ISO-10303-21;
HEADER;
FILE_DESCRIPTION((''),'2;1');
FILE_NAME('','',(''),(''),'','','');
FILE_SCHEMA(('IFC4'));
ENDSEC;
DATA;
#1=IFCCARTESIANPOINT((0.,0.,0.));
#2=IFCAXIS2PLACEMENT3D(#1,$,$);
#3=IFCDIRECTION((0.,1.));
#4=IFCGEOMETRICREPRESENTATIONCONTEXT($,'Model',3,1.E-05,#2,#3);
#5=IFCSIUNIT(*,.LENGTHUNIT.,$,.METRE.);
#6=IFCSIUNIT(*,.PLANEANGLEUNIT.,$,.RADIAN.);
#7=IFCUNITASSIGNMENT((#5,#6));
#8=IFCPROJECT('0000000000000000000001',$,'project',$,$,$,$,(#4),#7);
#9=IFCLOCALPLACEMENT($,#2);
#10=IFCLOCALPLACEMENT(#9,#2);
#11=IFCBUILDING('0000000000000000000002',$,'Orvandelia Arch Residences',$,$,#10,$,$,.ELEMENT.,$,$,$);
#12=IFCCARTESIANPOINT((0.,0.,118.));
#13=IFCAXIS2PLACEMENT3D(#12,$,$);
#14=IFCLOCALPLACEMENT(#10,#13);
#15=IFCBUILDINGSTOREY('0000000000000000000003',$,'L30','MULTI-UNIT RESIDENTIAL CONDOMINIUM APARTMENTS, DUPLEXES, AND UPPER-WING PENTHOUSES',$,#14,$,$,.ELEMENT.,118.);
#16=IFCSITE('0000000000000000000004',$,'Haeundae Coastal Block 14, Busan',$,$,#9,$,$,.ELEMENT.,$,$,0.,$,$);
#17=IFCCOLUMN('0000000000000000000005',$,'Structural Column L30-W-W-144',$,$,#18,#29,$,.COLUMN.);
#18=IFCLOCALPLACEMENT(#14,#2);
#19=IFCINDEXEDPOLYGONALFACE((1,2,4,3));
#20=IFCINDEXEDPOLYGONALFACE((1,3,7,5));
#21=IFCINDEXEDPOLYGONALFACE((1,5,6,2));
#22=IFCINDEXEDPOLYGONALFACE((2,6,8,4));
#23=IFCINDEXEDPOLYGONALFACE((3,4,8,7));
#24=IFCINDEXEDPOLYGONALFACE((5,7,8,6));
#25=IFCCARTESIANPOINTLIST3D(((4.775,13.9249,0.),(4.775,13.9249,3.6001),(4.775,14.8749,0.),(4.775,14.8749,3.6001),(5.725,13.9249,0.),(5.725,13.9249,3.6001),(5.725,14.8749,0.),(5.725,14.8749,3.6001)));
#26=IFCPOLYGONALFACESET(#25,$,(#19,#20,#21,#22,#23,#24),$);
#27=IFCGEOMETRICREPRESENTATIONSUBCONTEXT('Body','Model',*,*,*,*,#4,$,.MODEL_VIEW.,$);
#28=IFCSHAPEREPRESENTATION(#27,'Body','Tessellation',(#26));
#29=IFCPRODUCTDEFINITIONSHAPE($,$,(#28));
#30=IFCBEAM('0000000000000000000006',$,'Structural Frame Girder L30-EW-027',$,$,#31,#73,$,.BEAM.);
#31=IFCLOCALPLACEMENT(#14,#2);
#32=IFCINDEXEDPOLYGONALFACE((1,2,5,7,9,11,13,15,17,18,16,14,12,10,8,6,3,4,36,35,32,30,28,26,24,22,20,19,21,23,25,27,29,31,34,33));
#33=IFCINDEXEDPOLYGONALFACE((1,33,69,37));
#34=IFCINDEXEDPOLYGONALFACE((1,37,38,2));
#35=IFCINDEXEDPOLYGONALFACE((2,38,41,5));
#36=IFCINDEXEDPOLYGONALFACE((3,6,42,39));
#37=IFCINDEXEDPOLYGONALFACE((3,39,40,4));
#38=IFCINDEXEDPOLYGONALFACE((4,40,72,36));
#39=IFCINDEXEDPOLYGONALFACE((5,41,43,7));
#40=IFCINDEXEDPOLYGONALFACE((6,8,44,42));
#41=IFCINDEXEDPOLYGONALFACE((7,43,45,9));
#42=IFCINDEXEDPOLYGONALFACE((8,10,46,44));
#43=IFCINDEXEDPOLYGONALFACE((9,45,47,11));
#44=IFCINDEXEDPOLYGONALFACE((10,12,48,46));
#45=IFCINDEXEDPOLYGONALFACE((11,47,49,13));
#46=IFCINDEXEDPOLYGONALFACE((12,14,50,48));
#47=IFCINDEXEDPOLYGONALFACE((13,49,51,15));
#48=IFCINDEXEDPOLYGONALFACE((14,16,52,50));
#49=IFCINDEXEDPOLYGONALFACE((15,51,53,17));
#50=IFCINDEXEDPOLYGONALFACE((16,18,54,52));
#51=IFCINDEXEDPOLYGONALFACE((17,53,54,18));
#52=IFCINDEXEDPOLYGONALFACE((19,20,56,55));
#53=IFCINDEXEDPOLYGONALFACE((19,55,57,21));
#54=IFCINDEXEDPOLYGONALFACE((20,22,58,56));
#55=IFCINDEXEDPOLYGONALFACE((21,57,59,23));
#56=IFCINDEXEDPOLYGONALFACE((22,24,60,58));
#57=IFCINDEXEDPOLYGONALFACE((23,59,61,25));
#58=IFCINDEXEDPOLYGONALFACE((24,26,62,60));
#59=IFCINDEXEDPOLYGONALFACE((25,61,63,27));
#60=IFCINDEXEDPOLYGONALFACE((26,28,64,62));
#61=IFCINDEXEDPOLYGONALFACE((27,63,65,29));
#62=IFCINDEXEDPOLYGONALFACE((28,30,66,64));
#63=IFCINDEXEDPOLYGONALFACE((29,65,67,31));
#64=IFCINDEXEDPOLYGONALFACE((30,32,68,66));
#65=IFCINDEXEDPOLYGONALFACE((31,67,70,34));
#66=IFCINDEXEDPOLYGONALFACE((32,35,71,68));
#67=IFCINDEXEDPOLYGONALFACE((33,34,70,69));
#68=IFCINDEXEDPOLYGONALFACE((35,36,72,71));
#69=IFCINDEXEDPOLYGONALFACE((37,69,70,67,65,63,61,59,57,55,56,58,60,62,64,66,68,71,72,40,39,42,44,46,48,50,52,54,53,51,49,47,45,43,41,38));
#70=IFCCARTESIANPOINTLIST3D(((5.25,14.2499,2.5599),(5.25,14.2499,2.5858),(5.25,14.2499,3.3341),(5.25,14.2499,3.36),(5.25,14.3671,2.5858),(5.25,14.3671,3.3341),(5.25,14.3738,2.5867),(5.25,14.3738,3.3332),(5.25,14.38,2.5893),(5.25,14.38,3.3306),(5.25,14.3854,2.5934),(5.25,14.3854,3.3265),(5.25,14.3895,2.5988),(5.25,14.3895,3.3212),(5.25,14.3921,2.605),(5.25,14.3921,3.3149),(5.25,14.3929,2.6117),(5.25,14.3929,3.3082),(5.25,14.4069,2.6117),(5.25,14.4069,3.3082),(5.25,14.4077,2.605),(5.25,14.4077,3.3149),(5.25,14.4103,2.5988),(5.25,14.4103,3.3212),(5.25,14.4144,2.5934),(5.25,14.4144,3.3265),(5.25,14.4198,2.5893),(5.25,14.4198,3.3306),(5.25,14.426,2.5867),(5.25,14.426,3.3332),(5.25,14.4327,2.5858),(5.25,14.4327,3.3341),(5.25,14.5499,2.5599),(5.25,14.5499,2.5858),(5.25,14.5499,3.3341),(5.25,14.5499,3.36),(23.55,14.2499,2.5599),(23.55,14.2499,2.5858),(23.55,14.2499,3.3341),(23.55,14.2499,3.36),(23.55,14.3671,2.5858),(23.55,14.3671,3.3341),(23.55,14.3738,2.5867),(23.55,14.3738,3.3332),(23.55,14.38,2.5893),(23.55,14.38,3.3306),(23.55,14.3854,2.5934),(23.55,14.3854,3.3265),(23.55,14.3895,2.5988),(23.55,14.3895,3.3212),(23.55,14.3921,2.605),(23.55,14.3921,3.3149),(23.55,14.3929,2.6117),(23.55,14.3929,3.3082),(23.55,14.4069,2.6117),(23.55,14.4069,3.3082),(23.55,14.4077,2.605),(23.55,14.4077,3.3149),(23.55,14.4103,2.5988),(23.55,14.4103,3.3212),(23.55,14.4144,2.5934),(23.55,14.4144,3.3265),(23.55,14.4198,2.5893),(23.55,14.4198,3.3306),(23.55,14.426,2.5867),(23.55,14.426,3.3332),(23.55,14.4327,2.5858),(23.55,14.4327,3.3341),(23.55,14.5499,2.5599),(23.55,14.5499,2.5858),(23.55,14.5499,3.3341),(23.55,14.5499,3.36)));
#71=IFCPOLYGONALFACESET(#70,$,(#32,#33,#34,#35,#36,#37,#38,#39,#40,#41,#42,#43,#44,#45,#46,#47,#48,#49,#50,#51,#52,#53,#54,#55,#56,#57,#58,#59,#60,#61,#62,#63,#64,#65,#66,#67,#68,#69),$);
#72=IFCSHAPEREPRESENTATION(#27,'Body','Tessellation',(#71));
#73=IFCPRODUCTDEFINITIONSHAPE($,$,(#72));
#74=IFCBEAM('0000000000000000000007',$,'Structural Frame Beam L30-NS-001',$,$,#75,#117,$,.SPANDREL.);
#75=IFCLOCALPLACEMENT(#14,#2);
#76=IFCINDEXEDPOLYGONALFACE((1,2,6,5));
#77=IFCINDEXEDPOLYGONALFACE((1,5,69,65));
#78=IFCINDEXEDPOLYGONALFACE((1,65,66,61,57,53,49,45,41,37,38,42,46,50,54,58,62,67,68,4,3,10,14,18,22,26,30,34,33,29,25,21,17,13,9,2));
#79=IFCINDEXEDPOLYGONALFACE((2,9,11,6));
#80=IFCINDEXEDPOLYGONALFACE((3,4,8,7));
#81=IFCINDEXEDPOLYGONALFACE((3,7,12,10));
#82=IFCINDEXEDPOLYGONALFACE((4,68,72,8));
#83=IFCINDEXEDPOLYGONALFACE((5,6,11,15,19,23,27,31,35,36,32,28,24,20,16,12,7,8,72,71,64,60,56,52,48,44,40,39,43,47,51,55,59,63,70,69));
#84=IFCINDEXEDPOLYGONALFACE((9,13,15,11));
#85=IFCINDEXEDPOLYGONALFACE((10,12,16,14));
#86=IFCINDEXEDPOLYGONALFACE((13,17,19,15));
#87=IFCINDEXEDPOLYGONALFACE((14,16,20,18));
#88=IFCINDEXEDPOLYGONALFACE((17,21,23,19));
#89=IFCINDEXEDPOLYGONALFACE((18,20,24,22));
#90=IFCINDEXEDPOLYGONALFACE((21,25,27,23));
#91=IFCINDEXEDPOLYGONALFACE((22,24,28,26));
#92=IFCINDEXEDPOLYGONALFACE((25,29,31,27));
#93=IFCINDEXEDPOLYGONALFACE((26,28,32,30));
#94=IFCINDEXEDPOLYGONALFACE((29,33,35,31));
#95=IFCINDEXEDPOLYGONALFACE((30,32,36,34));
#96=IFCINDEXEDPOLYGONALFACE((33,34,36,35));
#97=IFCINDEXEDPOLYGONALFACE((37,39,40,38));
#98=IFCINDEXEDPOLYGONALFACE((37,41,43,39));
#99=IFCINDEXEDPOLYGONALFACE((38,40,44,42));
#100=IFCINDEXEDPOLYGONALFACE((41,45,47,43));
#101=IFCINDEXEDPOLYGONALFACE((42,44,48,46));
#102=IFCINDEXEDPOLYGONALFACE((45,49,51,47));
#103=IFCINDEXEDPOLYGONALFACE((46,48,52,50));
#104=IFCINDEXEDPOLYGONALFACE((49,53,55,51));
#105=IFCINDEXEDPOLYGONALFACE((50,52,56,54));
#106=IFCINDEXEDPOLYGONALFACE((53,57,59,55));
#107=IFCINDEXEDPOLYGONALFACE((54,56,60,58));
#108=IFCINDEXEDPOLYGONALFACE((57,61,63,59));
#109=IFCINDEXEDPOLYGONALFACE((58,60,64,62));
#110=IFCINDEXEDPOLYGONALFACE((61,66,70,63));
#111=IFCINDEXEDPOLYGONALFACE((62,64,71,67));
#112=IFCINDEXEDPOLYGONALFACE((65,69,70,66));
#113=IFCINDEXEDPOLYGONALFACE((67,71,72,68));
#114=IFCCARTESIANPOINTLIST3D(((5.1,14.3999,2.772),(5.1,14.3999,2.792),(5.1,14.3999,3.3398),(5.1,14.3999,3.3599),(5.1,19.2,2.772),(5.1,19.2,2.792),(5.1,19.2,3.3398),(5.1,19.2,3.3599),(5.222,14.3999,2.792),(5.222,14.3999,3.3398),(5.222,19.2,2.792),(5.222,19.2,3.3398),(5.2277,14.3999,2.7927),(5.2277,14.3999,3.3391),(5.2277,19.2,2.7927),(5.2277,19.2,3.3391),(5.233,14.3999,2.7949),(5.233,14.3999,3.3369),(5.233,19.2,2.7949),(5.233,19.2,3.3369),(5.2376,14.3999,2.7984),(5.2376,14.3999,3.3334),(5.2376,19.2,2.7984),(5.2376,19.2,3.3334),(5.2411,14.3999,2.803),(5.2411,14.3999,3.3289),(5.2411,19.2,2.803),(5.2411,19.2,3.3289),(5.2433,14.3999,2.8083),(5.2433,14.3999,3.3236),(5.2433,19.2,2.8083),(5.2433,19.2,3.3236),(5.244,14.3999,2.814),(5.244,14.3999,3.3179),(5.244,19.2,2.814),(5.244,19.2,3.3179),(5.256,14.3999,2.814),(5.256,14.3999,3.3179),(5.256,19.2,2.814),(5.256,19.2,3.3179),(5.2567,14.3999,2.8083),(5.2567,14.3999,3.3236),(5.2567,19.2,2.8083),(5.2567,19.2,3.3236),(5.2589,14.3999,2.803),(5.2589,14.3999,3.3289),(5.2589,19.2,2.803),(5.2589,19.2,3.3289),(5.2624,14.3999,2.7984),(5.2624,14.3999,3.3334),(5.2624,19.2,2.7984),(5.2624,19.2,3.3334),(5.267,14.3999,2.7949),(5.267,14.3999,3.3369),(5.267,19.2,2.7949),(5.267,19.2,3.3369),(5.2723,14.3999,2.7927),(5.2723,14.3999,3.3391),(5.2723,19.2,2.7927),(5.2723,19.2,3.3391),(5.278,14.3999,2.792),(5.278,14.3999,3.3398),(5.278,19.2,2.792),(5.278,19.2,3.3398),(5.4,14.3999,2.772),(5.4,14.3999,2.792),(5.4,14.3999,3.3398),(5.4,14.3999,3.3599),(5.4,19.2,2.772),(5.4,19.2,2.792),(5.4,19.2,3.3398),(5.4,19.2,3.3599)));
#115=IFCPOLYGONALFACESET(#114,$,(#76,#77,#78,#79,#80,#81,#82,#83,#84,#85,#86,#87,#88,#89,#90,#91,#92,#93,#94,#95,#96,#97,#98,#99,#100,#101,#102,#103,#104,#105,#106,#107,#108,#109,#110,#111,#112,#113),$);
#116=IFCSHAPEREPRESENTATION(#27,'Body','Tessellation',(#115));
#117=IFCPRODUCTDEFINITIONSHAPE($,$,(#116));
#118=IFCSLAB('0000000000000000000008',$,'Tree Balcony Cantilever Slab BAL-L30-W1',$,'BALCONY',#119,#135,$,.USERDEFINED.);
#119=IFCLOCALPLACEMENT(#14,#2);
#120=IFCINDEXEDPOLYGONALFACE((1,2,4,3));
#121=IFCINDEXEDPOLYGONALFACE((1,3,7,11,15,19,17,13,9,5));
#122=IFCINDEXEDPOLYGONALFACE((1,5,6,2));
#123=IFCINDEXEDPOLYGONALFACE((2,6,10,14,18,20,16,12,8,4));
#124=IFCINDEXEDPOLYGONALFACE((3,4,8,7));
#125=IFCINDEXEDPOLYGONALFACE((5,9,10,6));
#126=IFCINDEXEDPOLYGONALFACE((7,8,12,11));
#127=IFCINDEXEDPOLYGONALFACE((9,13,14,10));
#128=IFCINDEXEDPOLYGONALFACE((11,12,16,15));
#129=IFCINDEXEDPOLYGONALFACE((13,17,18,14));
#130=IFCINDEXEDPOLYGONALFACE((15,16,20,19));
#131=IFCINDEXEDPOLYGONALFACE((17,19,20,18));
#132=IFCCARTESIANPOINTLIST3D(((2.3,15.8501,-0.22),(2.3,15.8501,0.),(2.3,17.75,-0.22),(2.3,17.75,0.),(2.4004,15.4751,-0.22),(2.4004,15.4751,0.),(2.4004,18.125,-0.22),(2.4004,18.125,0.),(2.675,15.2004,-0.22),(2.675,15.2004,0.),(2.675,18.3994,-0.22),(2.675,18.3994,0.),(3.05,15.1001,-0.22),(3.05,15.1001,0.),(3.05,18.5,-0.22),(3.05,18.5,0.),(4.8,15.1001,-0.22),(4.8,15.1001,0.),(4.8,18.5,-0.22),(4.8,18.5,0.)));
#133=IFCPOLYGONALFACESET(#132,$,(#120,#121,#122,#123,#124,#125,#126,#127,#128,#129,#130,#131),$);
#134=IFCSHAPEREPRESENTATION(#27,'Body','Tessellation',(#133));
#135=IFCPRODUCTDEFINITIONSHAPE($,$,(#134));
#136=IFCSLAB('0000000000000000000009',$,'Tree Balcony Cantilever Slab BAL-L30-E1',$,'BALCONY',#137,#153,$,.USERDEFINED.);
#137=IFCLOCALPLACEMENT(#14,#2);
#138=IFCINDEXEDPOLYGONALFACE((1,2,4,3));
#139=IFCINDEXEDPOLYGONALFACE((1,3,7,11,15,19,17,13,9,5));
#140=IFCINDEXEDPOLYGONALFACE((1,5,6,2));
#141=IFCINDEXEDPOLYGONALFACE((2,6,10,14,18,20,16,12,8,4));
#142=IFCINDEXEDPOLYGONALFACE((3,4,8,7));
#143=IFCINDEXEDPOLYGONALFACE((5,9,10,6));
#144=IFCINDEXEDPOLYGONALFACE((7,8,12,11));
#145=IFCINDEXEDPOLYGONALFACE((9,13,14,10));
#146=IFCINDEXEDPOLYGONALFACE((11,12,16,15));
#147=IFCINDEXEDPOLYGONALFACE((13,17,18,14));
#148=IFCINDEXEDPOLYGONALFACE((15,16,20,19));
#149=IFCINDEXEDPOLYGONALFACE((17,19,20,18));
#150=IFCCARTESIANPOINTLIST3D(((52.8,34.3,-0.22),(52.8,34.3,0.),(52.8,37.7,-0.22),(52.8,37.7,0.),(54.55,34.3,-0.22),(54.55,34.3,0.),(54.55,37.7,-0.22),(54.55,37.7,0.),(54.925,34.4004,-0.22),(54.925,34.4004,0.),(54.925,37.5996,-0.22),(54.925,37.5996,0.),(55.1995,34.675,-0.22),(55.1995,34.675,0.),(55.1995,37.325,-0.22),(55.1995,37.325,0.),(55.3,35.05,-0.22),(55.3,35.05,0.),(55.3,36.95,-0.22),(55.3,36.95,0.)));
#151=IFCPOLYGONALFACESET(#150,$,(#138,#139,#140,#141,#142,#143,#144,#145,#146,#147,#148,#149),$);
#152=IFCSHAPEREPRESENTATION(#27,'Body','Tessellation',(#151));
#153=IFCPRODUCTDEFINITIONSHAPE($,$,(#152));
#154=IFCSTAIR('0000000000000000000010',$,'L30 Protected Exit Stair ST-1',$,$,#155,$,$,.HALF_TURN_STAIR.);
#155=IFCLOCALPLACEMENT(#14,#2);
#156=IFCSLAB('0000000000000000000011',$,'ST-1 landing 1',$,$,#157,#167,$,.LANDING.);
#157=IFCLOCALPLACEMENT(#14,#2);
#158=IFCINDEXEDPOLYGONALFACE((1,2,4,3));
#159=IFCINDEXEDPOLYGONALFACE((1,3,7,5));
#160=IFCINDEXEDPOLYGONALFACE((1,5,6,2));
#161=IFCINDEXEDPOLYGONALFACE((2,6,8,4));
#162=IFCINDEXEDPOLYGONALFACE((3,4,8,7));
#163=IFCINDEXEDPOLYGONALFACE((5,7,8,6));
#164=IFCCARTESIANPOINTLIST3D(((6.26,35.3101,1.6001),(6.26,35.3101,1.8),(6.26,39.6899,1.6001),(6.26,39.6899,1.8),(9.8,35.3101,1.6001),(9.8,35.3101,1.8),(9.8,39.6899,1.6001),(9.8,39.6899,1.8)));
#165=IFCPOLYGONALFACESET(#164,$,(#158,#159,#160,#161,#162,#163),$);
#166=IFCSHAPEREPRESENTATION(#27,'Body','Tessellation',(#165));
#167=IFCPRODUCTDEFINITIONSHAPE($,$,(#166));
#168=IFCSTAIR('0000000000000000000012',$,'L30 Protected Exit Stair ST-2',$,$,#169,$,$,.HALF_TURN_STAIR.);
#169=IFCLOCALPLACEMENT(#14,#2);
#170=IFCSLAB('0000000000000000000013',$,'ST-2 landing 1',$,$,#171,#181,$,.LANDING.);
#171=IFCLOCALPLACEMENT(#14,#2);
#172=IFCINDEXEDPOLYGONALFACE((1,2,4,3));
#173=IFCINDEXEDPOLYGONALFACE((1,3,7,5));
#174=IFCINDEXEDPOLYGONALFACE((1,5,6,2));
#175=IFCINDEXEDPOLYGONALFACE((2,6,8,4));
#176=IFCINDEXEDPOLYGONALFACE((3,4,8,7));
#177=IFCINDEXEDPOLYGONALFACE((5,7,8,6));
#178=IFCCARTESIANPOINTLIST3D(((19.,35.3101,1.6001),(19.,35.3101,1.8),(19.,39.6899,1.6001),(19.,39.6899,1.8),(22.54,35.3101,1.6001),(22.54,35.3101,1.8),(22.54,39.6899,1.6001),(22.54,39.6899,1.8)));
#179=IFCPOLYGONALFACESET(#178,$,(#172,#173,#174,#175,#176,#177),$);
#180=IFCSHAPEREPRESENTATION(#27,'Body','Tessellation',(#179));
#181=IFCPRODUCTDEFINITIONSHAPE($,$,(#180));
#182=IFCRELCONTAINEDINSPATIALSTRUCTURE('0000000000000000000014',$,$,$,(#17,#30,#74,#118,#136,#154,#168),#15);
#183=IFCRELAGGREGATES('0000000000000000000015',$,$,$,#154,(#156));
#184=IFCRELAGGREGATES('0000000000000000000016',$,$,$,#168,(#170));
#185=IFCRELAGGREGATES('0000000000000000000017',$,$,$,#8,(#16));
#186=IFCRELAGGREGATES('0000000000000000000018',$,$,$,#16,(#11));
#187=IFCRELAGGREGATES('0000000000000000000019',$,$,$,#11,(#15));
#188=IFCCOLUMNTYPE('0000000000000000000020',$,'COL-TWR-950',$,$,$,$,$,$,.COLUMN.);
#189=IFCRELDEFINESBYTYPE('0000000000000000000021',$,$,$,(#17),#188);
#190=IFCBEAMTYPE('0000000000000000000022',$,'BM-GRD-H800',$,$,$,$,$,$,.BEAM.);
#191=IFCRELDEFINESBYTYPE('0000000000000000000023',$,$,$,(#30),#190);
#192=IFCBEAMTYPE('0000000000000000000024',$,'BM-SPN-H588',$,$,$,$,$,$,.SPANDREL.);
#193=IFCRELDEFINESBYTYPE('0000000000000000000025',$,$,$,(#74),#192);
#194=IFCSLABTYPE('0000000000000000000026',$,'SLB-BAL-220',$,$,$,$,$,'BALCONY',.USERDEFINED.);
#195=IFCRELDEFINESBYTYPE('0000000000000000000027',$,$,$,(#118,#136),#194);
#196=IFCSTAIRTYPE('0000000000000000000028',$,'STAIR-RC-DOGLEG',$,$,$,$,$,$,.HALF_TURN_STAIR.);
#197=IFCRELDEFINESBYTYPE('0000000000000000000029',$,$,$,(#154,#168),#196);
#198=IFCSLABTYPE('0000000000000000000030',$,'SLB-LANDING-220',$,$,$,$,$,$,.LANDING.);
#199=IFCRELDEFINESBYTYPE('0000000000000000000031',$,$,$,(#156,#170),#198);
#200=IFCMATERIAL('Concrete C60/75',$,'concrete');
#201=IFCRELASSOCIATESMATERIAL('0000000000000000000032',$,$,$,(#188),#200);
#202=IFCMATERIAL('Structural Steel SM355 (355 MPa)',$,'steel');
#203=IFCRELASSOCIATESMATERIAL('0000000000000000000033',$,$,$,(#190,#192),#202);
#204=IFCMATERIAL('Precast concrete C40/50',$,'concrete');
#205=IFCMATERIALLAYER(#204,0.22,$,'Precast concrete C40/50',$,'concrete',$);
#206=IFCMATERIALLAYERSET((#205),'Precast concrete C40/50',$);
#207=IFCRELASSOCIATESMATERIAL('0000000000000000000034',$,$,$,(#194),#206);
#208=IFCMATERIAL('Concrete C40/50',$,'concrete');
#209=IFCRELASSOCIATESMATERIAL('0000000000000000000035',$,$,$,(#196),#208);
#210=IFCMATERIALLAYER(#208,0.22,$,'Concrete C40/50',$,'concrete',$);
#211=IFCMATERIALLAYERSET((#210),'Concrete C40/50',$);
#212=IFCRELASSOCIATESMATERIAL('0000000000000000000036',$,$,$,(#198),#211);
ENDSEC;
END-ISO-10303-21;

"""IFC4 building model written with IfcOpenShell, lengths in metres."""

from ifc_helpers import new_model, si_unit, direction, frame, origin, origin_2d, place, context, subcontext, project, spatial, polyline, rectangle, i_section, outline, extrude, material, layer, layer_set, material_profile, profile_set, type_object, element, aggregate, save


model = new_model("IFC4")

# Units and contexts
model_context = context("Model", 3, precision=1e-05, world=origin(), true_north=direction((0.0, 1.0)))
body_context = subcontext(model_context, "Body", "Model", "MODEL_VIEW")
ifc_project = project(units=[si_unit("LENGTHUNIT", "METRE"), si_unit("PLANEANGLEUNIT", "RADIAN")], contexts=[model_context])

# Site, building, storey
site_placement = place(None, origin())
site = spatial("IfcSite", under=ifc_project, at=site_placement, Name="Haeundae Coastal Block 14, Busan", CompositionType="ELEMENT", RefElevation=0.0)
building_placement = place(site_placement, origin())
building = spatial("IfcBuilding", under=site, at=building_placement, Name="Orvandelia Arch Residences", CompositionType="ELEMENT")
storey_placement = place(building_placement, frame((0.0, 0.0, 118.0)))
storey = spatial("IfcBuildingStorey", under=building, at=storey_placement, Name="L30", Description="MULTI-UNIT RESIDENTIAL CONDOMINIUM APARTMENTS, DUPLEXES, AND UPPER-WING PENTHOUSES", CompositionType="ELEMENT", Elevation=118.0)

# Column
ifc_material_1 = material(Name="Concrete C60/75", Category="concrete")
ifc_material_profile_1 = material_profile(ifc_material_1, rectangle(XDim=0.95, YDim=0.95, at=origin_2d()), Name="Concrete C60/75", Category="concrete")
ifc_profile_set_1 = profile_set([ifc_material_profile_1], Name="Concrete C60/75")
column_type = type_object("IfcColumnType", Name="COL-TWR-950", PredefinedType="COLUMN", material=ifc_profile_set_1)
column_placement = place(storey_placement, frame((5.25, 14.3999, 0.0), z_axis=(0.0, 0.0, 1.0), x_axis=(1.0, 0.0, 0.0)))
element("IfcColumn", 1, at=column_placement, inside=storey, type_object=column_type, Name="Structural Column L30-W-W-144", PredefinedType="COLUMN", context=body_context, shape_type="SweptSolid", body=[
    extrude(rectangle(XDim=0.95, YDim=0.95, at=origin_2d()), origin(), (0.0, 0.0, 1.0), 3.6001),
])

# Beams
ifc_material_2 = material(Name="Structural Steel SM355 (355 MPa)", Category="steel")
ifc_material_profile_2 = material_profile(ifc_material_2, i_section(OverallWidth=0.3, OverallDepth=0.8, WebThickness=0.0139, FlangeThickness=0.0259, FilletRadius=0.0259, at=origin_2d()), Name="Structural Steel SM355 (355 MPa)", Category="steel")
ifc_profile_set_2 = profile_set([ifc_material_profile_2], Name="Structural Steel SM355 (355 MPa)")
beam_type_1 = type_object("IfcBeamType", Name="BM-GRD-H800", PredefinedType="BEAM", material=ifc_profile_set_2)
beam_1_placement = place(storey_placement, frame((5.25, 14.3999, 2.96), z_axis=(1.0, 0.0, 0.0), x_axis=(0.0, 1.0, 0.0)))
element("IfcBeam", 2, at=beam_1_placement, inside=storey, type_object=beam_type_1, Name="Structural Frame Girder L30-EW-027", PredefinedType="BEAM", context=body_context, shape_type="SweptSolid", body=[
    extrude(i_section(OverallWidth=0.3, OverallDepth=0.8, WebThickness=0.0139, FlangeThickness=0.0259, FilletRadius=0.0259, at=origin_2d()), origin(), (0.0, 0.0, 1.0), 18.3),
])
ifc_material_profile_3 = material_profile(ifc_material_2, i_section(OverallWidth=0.3, OverallDepth=0.5879, WebThickness=0.012, FlangeThickness=0.02, FilletRadius=0.022, at=origin_2d()), Name="Structural Steel SM355 (355 MPa)", Category="steel")
ifc_profile_set_3 = profile_set([ifc_material_profile_3], Name="Structural Steel SM355 (355 MPa)")
beam_type_2 = type_object("IfcBeamType", Name="BM-SPN-H588", PredefinedType="SPANDREL", material=ifc_profile_set_3)
beam_2_placement = place(storey_placement, frame((5.25, 14.3999, 3.0659), z_axis=(0.0, 1.0, 0.0), x_axis=(-1.0, 0.0, 0.0)))
element("IfcBeam", 3, at=beam_2_placement, inside=storey, type_object=beam_type_2, Name="Structural Frame Beam L30-NS-001", PredefinedType="SPANDREL", context=body_context, shape_type="SweptSolid", body=[
    extrude(i_section(OverallWidth=0.3, OverallDepth=0.5879, WebThickness=0.012, FlangeThickness=0.02, FilletRadius=0.022, at=origin_2d()), origin(), (0.0, 0.0, 1.0), 4.8),
])

# Slabs
ifc_material_3 = material(Name="Precast concrete C40/50", Category="concrete")
ifc_layer_1 = layer(ifc_material_3, 0.22, Name="Precast concrete C40/50", Category="concrete")
ifc_layer_set_1 = layer_set([ifc_layer_1], Name="Precast concrete C40/50")
slab_type_1 = type_object("IfcSlabType", Name="SLB-BAL-220", ElementType="BALCONY", PredefinedType="USERDEFINED", material=ifc_layer_set_1)
slab_1_placement = place(storey_placement, frame((0.0, 0.0, -0.22)))
element("IfcSlab", 4, at=slab_1_placement, inside=storey, type_object=slab_type_1, Name="Tree Balcony Cantilever Slab BAL-L30-W1", ObjectType="BALCONY", PredefinedType="USERDEFINED", context=body_context, shape_type="SweptSolid", body=[
    extrude(outline(polyline([(4.8, 15.1001), (4.8, 18.5), (3.05, 18.5), (2.675, 18.3994), (2.4004, 18.125), (2.3, 17.75), (2.3, 15.8501), (2.4004, 15.4751), (2.675, 15.2004), (3.05, 15.1001), (4.8, 15.1001)])), origin(), (0.0, 0.0, 1.0), 0.22),
])
slab_2_placement = place(storey_placement, frame((0.0, 0.0, -0.22)))
element("IfcSlab", 5, at=slab_2_placement, inside=storey, type_object=slab_type_1, Name="Tree Balcony Cantilever Slab BAL-L30-E1", ObjectType="BALCONY", PredefinedType="USERDEFINED", context=body_context, shape_type="SweptSolid", body=[
    extrude(outline(polyline([(52.8, 37.7), (52.8, 34.3), (54.55, 34.3), (54.925, 34.4004), (55.1995, 34.675), (55.3, 35.05), (55.3, 36.95), (55.1995, 37.325), (54.925, 37.5996), (54.55, 37.7), (52.8, 37.7)])), origin(), (0.0, 0.0, 1.0), 0.22),
])

# Stairs, slabs
ifc_material_4 = material(Name="Concrete C40/50", Category="concrete")
stair_type = type_object("IfcStairType", Name="STAIR-RC-DOGLEG", PredefinedType="HALF_TURN_STAIR", material=ifc_material_4)
stair_1_placement = place(storey_placement, origin())
stair_1 = element("IfcStair", 6, at=stair_1_placement, inside=storey, type_object=stair_type, Name="L30 Protected Exit Stair ST-1", PredefinedType="HALF_TURN_STAIR")
ifc_layer_2 = layer(ifc_material_4, 0.22, Name="Concrete C40/50", Category="concrete")
ifc_layer_set_2 = layer_set([ifc_layer_2], Name="Concrete C40/50")
slab_type_2 = type_object("IfcSlabType", Name="SLB-LANDING-220", PredefinedType="LANDING", material=ifc_layer_set_2)
slab_3_placement = place(storey_placement, frame((0.0, 0.0, 1.6001)))
slab_3 = element("IfcSlab", 7, at=slab_3_placement, type_object=slab_type_2, Name="ST-1 landing 1", PredefinedType="LANDING", context=body_context, shape_type="SweptSolid", body=[
    extrude(outline(polyline([(9.8, 35.3101), (9.8, 39.6899), (6.26, 39.6899), (6.26, 35.3101), (9.8, 35.3101)])), origin(), (0.0, 0.0, 1.0), 0.2),
])
aggregate(stair_1, [slab_3])
stair_2_placement = place(storey_placement, origin())
stair_2 = element("IfcStair", 8, at=stair_2_placement, inside=storey, type_object=stair_type, Name="L30 Protected Exit Stair ST-2", PredefinedType="HALF_TURN_STAIR")
slab_4_placement = place(storey_placement, frame((0.0, 0.0, 1.6001)))
slab_4 = element("IfcSlab", 9, at=slab_4_placement, type_object=slab_type_2, Name="ST-2 landing 1", PredefinedType="LANDING", context=body_context, shape_type="SweptSolid", body=[
    extrude(outline(polyline([(22.54, 35.3101), (22.54, 39.6899), (19.0, 39.6899), (19.0, 35.3101), (22.54, 35.3101)])), origin(), (0.0, 0.0, 1.0), 0.2),
])
aggregate(stair_2, [slab_4])

save(model, "model.ifc")
